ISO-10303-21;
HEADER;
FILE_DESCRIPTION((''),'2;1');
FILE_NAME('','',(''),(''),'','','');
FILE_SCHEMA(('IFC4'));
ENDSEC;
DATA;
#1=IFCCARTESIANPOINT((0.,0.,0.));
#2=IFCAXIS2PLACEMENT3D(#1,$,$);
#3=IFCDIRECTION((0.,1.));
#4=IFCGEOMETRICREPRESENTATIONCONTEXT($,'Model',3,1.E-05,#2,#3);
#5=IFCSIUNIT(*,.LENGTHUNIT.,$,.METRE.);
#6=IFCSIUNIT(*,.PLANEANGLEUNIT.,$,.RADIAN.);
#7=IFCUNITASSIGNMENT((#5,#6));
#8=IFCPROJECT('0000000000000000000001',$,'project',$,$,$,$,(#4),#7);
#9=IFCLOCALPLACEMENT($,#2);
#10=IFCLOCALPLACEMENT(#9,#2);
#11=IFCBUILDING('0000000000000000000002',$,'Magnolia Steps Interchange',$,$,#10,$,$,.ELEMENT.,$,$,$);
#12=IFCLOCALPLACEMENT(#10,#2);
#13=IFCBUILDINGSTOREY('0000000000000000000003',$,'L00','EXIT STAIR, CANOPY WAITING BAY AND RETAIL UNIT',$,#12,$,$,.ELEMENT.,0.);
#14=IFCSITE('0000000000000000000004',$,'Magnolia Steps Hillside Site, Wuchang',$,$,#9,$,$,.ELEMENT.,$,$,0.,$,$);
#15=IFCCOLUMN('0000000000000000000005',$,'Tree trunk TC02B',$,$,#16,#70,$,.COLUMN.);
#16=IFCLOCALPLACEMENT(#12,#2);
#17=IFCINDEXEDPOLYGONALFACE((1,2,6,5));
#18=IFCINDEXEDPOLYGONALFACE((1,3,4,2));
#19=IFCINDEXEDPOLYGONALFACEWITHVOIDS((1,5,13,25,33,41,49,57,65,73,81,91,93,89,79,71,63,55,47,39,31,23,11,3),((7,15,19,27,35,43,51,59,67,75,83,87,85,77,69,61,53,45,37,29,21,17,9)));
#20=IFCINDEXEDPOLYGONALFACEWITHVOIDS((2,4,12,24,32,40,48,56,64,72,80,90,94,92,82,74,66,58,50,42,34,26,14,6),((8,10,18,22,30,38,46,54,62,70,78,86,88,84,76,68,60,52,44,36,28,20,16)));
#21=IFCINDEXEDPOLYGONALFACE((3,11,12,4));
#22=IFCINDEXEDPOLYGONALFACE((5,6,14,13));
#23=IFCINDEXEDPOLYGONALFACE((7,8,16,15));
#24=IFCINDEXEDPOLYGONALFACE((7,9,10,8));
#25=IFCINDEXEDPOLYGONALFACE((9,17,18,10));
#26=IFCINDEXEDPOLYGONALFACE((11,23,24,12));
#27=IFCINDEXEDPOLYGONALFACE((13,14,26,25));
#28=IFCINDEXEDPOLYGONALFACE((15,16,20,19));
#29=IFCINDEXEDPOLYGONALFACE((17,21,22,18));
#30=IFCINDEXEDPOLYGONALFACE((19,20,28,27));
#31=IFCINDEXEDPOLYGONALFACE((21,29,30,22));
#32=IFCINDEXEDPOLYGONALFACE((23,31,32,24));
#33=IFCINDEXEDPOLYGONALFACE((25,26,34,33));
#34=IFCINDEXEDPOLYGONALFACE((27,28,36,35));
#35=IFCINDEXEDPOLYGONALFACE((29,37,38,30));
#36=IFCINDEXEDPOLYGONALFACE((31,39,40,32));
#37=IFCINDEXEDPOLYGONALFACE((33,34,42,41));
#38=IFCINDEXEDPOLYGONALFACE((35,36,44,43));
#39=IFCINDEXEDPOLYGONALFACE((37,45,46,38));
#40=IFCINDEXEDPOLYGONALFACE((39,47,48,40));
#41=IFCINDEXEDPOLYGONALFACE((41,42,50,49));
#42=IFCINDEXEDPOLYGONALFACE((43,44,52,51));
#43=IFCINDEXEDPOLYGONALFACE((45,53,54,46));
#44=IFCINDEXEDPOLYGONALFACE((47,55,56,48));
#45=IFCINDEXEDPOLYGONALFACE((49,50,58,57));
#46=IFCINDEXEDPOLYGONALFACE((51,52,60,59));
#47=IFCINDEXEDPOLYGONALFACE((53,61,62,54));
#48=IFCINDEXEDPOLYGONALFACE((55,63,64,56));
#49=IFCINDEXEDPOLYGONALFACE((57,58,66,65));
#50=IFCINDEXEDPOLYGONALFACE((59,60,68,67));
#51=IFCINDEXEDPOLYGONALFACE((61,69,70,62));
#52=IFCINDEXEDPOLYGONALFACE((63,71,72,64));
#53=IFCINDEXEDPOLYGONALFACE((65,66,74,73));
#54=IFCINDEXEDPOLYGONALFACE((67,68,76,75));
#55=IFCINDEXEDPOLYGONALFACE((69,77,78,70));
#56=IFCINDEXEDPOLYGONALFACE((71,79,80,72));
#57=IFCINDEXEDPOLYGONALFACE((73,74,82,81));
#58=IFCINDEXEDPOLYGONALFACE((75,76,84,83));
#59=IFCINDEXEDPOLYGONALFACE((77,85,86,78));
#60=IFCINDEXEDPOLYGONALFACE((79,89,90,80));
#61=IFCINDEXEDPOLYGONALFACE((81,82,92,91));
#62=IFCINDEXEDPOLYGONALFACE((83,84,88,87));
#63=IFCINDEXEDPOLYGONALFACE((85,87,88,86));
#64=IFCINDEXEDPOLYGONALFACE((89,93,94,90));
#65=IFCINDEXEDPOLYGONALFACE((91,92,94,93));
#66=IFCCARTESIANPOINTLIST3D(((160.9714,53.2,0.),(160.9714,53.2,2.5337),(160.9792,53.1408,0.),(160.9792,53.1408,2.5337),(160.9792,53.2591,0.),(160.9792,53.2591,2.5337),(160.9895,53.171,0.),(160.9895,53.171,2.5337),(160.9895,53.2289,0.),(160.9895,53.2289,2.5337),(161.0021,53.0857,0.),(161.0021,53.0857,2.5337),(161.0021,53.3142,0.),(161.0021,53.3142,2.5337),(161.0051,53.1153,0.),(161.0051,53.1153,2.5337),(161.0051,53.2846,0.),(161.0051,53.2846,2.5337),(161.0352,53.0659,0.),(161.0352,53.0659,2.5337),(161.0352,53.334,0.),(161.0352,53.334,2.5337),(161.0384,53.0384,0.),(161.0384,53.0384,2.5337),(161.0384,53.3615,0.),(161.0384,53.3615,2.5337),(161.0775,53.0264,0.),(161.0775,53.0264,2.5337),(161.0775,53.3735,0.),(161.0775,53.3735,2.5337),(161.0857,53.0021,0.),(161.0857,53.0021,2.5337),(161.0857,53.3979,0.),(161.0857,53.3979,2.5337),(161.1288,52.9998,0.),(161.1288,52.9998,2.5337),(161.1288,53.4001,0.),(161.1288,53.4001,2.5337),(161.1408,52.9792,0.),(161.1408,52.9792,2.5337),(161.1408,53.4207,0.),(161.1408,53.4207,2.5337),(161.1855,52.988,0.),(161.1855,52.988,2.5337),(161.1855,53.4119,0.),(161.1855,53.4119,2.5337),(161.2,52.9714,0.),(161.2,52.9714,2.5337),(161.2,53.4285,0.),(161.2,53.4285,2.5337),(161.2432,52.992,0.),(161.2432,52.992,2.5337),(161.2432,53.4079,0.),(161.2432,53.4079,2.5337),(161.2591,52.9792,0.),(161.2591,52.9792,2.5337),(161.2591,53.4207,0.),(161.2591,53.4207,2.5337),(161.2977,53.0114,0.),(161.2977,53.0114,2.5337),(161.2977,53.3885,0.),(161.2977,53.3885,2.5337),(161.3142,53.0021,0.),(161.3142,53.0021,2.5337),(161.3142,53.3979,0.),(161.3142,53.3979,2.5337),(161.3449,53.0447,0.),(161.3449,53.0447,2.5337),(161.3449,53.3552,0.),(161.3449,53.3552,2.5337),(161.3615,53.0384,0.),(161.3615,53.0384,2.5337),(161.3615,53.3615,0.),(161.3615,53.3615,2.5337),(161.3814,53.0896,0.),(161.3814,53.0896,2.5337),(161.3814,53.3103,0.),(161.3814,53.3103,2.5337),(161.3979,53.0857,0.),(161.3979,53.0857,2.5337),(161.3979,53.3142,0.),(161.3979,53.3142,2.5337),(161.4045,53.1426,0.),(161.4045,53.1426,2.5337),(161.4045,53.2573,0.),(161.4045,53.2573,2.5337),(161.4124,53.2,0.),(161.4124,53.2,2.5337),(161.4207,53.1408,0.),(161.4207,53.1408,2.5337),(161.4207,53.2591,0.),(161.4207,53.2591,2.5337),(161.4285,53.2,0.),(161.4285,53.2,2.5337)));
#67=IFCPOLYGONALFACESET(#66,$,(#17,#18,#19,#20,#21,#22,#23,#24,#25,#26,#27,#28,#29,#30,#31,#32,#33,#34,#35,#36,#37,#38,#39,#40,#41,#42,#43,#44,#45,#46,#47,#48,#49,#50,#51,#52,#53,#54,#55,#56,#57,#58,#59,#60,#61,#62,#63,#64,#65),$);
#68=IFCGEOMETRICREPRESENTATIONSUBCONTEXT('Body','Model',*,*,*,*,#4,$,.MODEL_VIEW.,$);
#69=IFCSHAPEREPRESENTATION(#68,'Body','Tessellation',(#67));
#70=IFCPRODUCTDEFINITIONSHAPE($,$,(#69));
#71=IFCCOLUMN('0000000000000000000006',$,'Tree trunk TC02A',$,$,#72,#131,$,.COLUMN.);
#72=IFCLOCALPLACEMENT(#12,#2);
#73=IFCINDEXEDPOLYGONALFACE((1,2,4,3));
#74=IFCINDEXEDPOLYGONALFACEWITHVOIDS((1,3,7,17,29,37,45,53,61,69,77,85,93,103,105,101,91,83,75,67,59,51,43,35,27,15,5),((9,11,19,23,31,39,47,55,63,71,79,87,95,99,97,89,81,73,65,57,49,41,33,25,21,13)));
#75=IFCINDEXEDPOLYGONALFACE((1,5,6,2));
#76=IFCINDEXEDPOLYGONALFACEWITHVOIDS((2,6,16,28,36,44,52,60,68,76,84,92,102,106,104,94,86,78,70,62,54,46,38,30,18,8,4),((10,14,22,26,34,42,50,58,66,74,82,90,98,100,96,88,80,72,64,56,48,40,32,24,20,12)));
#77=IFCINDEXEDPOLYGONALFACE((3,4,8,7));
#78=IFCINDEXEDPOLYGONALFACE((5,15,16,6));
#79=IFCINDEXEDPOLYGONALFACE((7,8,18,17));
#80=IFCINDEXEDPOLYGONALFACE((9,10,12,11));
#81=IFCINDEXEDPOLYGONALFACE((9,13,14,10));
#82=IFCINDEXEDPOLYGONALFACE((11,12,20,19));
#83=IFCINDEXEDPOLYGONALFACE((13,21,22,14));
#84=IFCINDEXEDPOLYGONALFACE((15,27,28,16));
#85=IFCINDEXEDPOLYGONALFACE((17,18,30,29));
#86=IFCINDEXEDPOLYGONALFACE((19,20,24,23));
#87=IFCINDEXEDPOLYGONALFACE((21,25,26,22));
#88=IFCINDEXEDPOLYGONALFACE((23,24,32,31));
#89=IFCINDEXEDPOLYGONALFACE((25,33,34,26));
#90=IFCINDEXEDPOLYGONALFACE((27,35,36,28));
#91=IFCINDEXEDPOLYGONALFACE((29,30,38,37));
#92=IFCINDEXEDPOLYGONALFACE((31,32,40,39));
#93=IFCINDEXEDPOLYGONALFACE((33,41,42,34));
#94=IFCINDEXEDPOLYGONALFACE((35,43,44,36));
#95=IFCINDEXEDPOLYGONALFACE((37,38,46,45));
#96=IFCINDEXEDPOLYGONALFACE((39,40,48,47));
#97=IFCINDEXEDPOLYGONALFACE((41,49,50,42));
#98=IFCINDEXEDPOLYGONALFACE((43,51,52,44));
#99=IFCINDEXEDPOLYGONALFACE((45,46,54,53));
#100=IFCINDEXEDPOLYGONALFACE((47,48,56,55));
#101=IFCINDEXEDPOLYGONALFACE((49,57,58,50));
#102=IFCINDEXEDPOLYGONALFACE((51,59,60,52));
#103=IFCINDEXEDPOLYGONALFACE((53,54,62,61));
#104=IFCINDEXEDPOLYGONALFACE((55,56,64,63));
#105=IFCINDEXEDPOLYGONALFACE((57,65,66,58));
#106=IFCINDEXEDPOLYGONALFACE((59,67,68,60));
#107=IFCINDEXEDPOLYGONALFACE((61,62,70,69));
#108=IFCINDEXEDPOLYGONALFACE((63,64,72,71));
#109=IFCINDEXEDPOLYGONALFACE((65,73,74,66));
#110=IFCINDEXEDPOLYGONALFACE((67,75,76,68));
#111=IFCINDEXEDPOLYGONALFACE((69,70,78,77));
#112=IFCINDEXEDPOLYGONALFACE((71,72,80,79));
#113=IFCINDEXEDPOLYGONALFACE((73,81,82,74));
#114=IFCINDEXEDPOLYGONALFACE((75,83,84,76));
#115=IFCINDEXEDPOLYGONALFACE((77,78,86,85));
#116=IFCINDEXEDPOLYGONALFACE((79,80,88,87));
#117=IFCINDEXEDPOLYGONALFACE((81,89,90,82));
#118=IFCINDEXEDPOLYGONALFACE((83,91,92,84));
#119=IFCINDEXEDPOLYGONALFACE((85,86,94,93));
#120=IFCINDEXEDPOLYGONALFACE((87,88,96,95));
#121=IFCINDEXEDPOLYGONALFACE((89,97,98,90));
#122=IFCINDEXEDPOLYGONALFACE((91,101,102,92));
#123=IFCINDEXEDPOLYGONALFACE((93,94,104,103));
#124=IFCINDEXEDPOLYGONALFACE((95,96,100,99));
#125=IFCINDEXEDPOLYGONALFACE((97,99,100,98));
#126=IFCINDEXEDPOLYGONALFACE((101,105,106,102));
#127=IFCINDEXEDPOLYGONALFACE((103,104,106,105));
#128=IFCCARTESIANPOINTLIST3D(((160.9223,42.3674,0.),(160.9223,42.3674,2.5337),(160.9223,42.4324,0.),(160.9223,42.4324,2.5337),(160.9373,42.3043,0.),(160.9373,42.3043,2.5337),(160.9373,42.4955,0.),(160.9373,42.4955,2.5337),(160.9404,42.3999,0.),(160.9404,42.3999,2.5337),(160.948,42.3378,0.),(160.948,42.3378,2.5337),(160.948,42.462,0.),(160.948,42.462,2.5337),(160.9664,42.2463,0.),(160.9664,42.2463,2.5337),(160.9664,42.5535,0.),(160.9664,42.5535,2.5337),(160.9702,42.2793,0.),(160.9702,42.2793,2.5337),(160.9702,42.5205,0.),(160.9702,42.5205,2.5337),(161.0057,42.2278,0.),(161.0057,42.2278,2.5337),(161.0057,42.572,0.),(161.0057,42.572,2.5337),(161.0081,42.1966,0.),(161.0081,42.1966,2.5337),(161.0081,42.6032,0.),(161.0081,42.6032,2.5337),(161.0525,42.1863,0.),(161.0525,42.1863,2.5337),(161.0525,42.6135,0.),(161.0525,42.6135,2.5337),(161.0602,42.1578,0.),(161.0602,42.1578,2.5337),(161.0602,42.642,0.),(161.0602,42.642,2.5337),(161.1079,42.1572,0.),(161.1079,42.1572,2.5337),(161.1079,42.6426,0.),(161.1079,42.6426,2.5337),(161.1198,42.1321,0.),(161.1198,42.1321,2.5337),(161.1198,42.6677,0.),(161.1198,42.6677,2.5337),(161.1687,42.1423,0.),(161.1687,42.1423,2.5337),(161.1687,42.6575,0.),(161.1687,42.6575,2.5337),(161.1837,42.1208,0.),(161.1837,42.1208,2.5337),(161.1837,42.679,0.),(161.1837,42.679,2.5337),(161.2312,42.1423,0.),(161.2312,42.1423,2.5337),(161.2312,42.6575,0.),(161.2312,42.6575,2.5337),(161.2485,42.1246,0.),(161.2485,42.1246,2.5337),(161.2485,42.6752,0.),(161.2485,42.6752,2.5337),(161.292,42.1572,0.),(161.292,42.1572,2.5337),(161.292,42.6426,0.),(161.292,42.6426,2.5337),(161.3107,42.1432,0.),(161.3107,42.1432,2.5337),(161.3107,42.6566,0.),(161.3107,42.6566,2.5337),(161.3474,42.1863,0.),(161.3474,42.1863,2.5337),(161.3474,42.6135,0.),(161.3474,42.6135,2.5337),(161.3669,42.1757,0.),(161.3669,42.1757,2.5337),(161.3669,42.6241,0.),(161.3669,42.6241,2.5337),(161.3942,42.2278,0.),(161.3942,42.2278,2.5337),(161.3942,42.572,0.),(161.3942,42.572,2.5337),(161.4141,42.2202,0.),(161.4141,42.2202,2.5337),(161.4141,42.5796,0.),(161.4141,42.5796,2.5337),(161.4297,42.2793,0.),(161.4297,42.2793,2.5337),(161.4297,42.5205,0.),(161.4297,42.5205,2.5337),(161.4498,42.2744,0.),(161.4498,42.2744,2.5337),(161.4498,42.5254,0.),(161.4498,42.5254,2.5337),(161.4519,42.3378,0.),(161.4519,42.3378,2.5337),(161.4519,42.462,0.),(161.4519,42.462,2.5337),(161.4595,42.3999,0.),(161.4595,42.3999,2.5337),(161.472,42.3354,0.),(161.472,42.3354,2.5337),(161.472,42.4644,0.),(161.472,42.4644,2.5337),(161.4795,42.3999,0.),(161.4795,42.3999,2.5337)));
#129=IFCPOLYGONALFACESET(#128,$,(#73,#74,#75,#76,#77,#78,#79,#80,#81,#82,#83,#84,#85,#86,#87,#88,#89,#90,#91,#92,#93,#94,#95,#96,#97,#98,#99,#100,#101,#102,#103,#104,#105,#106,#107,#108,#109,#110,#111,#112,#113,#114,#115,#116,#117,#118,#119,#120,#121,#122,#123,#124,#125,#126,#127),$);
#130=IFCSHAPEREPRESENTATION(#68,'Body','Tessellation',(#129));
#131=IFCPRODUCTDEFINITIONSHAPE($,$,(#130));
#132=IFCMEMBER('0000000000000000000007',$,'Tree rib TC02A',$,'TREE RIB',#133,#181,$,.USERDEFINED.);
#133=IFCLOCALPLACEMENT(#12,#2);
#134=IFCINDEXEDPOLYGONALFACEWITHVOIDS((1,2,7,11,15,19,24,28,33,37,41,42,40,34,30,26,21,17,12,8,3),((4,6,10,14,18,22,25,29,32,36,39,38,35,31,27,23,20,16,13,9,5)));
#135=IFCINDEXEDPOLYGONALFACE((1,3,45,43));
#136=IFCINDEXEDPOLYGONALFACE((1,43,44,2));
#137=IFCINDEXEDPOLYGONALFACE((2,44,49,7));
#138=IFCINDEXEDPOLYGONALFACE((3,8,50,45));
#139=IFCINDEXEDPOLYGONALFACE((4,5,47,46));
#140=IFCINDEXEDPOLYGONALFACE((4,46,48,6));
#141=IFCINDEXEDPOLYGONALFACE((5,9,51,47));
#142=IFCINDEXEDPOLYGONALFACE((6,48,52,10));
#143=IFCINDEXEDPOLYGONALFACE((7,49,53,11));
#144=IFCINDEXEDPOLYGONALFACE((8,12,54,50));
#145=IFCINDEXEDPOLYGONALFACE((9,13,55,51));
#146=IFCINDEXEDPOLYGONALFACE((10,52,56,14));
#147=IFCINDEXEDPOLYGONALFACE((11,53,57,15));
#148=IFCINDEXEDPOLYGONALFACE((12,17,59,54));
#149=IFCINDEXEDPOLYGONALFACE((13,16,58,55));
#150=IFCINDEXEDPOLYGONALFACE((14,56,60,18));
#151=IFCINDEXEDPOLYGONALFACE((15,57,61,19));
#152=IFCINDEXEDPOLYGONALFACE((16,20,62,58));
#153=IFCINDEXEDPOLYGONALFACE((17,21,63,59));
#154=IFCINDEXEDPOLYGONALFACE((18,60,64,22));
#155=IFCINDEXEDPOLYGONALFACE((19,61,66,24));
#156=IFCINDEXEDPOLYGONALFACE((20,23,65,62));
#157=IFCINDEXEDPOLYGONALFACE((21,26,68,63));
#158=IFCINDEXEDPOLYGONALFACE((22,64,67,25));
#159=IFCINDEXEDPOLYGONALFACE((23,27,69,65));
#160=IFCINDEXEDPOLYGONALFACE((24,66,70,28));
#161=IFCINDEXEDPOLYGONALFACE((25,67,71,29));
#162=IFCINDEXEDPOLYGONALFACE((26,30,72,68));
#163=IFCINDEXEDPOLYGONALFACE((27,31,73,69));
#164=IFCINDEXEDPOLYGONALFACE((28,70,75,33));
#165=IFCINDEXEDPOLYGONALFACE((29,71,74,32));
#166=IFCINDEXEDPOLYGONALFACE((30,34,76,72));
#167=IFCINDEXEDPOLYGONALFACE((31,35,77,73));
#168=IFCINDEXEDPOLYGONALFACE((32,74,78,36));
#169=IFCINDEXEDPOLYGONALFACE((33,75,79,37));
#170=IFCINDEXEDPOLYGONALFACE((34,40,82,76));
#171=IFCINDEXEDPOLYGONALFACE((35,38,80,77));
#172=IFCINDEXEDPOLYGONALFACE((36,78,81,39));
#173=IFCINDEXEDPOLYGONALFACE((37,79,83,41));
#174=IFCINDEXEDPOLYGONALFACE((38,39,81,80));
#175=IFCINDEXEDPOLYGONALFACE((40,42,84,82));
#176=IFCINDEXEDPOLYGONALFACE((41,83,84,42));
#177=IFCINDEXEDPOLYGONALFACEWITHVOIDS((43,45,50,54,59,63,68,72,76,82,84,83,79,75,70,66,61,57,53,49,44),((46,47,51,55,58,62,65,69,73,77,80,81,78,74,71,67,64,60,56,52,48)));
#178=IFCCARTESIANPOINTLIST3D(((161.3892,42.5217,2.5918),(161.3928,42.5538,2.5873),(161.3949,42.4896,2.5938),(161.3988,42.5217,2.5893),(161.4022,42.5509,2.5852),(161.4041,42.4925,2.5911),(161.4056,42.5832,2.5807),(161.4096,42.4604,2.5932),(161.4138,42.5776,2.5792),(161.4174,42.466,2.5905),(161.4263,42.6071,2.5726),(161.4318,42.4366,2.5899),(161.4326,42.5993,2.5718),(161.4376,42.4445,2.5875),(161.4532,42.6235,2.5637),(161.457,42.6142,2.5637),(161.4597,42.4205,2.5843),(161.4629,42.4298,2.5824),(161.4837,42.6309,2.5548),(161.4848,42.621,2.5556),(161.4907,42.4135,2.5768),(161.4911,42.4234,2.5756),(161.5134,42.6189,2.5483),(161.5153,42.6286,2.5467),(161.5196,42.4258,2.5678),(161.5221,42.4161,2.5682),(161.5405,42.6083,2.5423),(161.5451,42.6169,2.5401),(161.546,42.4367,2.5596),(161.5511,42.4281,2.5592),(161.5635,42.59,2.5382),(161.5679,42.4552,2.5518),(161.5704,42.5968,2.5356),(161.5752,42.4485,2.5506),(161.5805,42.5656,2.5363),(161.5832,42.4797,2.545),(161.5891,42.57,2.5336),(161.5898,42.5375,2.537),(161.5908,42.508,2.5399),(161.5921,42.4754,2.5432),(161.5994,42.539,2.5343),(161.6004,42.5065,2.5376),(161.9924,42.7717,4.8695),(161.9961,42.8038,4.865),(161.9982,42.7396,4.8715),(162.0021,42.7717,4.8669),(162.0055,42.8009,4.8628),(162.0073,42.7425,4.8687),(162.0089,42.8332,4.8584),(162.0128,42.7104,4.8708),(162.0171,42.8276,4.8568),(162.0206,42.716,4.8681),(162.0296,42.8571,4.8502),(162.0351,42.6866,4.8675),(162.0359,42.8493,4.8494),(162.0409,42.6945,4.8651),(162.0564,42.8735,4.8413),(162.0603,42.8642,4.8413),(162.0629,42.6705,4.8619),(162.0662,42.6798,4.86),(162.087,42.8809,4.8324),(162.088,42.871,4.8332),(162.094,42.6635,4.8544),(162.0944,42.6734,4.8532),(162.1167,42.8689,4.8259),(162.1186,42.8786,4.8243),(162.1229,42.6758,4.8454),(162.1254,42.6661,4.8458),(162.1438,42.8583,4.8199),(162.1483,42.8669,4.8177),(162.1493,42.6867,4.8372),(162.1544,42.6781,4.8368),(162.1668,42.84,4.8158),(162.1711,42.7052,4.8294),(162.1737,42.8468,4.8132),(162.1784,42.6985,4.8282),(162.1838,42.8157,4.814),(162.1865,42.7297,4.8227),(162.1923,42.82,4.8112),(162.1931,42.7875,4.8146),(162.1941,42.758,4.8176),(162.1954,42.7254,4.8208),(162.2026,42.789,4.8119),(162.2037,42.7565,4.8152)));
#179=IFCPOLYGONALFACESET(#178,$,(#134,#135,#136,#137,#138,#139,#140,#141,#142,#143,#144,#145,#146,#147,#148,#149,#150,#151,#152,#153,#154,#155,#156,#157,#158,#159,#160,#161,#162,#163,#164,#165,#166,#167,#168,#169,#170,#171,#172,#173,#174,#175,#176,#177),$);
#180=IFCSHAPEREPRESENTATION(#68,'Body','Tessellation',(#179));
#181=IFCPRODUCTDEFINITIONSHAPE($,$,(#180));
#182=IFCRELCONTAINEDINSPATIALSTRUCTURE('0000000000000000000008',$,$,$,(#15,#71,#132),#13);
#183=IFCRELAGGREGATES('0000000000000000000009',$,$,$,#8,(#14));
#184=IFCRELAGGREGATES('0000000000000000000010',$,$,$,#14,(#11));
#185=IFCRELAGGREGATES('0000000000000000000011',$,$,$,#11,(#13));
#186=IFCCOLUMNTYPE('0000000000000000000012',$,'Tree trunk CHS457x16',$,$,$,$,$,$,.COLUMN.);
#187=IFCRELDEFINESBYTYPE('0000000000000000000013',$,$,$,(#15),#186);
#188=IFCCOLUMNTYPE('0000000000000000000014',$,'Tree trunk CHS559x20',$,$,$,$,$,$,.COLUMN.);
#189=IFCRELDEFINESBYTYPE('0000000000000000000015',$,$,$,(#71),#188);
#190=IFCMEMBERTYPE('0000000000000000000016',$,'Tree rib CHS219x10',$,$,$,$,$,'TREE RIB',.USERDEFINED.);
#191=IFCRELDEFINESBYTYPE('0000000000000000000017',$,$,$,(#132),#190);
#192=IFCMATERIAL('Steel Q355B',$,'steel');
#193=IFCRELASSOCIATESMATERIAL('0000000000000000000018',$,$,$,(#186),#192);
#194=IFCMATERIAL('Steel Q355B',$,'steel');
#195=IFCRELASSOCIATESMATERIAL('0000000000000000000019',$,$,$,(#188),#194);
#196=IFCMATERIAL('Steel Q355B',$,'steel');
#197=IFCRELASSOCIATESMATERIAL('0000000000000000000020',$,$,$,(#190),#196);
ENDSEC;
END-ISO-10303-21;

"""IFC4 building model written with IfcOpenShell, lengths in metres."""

from ifc_helpers import new_model, si_unit, direction, frame, origin, origin_2d, place, context, subcontext, project, spatial, hollow_circle, extrude, material, material_profile, profile_set, type_object, element, save


model = new_model("IFC4")

# Units and contexts
model_context = context("Model", 3, precision=1e-05, world=origin(), true_north=direction((0.0, 1.0)))
body_context = subcontext(model_context, "Body", "Model", "MODEL_VIEW")
ifc_project = project(units=[si_unit("LENGTHUNIT", "METRE"), si_unit("PLANEANGLEUNIT", "RADIAN")], contexts=[model_context])

# Site, building, storey
site_placement = place(None, origin())
site = spatial("IfcSite", under=ifc_project, at=site_placement, Name="Magnolia Steps Hillside Site, Wuchang", CompositionType="ELEMENT", RefElevation=0.0)
building_placement = place(site_placement, origin())
building = spatial("IfcBuilding", under=site, at=building_placement, Name="Magnolia Steps Interchange", CompositionType="ELEMENT")
storey_placement = place(building_placement, origin())
storey = spatial("IfcBuildingStorey", under=building, at=storey_placement, Name="L00", Description="EXIT STAIR, CANOPY WAITING BAY AND RETAIL UNIT", CompositionType="ELEMENT", Elevation=0.0)

# Columns
ifc_material_1 = material(Name="Steel Q355B", Category="steel")
ifc_material_profile_1 = material_profile(ifc_material_1, hollow_circle(Radius=0.2285, WallThickness=0.0161, at=origin_2d()), Name="CHS457x16")
ifc_profile_set_1 = profile_set([ifc_material_profile_1], Name="Steel Q355B")
column_type_1 = type_object("IfcColumnType", Name="Tree trunk CHS457x16", PredefinedType="COLUMN", material=ifc_profile_set_1)
column_1_placement = place(storey_placement, frame((161.2, 53.2, 0.0), z_axis=(0.0, 0.0, 1.0), x_axis=(1.0, 0.0, 0.0)))
element("IfcColumn", 1, at=column_1_placement, inside=storey, type_object=column_type_1, Name="Tree trunk TC02B", PredefinedType="COLUMN", context=body_context, shape_type="SweptSolid", body=[
    extrude(hollow_circle(Radius=0.2285, WallThickness=0.0161, at=origin_2d()), origin(), (0.0, 0.0, 1.0), 2.5337),
])
ifc_material_2 = material(Name="Steel Q355B", Category="steel")
ifc_material_profile_2 = material_profile(ifc_material_2, hollow_circle(Radius=0.2795, WallThickness=0.02, at=origin_2d()), Name="CHS559x20")
ifc_profile_set_2 = profile_set([ifc_material_profile_2], Name="Steel Q355B")
column_type_2 = type_object("IfcColumnType", Name="Tree trunk CHS559x20", PredefinedType="COLUMN", material=ifc_profile_set_2)
column_2_placement = place(storey_placement, frame((161.2, 42.3999, 0.0), z_axis=(0.0, 0.0, 1.0), x_axis=(1.0, 0.0, 0.0)))
element("IfcColumn", 2, at=column_2_placement, inside=storey, type_object=column_type_2, Name="Tree trunk TC02A", PredefinedType="COLUMN", context=body_context, shape_type="SweptSolid", body=[
    extrude(hollow_circle(Radius=0.2795, WallThickness=0.02, at=origin_2d()), origin(), (0.0, 0.0, 1.0), 2.5337),
])

# Member
ifc_material_3 = material(Name="Steel Q355B", Category="steel")
ifc_material_profile_3 = material_profile(ifc_material_3, hollow_circle(Radius=0.1096, WallThickness=0.01, at=origin_2d()), Name="CHS219x10")
ifc_profile_set_3 = profile_set([ifc_material_profile_3], Name="Steel Q355B")
member_type = type_object("IfcMemberType", Name="Tree rib CHS219x10", ElementType="TREE RIB", PredefinedType="USERDEFINED", material=ifc_profile_set_3)
for number, where, z_axis, x_axis, name in (
    (3, (161.4951, 42.5222, 2.5637), (0.254614, 0.105514, 0.961269), (-0.382836, 0.923816, 0.0), "Tree rib TC02A"),
):
    element("IfcMember", number, at=place(storey_placement, frame(where, z_axis=z_axis, x_axis=x_axis)), inside=storey, type_object=member_type, Name=name, ObjectType="TREE RIB", PredefinedType="USERDEFINED", context=body_context, shape_type="SweptSolid", body=[
        extrude(hollow_circle(Radius=0.1096, WallThickness=0.01, at=origin_2d()), origin(), (0.0, 0.0, 1.0), 2.3694),
    ])

save(model, "model.ifc")
